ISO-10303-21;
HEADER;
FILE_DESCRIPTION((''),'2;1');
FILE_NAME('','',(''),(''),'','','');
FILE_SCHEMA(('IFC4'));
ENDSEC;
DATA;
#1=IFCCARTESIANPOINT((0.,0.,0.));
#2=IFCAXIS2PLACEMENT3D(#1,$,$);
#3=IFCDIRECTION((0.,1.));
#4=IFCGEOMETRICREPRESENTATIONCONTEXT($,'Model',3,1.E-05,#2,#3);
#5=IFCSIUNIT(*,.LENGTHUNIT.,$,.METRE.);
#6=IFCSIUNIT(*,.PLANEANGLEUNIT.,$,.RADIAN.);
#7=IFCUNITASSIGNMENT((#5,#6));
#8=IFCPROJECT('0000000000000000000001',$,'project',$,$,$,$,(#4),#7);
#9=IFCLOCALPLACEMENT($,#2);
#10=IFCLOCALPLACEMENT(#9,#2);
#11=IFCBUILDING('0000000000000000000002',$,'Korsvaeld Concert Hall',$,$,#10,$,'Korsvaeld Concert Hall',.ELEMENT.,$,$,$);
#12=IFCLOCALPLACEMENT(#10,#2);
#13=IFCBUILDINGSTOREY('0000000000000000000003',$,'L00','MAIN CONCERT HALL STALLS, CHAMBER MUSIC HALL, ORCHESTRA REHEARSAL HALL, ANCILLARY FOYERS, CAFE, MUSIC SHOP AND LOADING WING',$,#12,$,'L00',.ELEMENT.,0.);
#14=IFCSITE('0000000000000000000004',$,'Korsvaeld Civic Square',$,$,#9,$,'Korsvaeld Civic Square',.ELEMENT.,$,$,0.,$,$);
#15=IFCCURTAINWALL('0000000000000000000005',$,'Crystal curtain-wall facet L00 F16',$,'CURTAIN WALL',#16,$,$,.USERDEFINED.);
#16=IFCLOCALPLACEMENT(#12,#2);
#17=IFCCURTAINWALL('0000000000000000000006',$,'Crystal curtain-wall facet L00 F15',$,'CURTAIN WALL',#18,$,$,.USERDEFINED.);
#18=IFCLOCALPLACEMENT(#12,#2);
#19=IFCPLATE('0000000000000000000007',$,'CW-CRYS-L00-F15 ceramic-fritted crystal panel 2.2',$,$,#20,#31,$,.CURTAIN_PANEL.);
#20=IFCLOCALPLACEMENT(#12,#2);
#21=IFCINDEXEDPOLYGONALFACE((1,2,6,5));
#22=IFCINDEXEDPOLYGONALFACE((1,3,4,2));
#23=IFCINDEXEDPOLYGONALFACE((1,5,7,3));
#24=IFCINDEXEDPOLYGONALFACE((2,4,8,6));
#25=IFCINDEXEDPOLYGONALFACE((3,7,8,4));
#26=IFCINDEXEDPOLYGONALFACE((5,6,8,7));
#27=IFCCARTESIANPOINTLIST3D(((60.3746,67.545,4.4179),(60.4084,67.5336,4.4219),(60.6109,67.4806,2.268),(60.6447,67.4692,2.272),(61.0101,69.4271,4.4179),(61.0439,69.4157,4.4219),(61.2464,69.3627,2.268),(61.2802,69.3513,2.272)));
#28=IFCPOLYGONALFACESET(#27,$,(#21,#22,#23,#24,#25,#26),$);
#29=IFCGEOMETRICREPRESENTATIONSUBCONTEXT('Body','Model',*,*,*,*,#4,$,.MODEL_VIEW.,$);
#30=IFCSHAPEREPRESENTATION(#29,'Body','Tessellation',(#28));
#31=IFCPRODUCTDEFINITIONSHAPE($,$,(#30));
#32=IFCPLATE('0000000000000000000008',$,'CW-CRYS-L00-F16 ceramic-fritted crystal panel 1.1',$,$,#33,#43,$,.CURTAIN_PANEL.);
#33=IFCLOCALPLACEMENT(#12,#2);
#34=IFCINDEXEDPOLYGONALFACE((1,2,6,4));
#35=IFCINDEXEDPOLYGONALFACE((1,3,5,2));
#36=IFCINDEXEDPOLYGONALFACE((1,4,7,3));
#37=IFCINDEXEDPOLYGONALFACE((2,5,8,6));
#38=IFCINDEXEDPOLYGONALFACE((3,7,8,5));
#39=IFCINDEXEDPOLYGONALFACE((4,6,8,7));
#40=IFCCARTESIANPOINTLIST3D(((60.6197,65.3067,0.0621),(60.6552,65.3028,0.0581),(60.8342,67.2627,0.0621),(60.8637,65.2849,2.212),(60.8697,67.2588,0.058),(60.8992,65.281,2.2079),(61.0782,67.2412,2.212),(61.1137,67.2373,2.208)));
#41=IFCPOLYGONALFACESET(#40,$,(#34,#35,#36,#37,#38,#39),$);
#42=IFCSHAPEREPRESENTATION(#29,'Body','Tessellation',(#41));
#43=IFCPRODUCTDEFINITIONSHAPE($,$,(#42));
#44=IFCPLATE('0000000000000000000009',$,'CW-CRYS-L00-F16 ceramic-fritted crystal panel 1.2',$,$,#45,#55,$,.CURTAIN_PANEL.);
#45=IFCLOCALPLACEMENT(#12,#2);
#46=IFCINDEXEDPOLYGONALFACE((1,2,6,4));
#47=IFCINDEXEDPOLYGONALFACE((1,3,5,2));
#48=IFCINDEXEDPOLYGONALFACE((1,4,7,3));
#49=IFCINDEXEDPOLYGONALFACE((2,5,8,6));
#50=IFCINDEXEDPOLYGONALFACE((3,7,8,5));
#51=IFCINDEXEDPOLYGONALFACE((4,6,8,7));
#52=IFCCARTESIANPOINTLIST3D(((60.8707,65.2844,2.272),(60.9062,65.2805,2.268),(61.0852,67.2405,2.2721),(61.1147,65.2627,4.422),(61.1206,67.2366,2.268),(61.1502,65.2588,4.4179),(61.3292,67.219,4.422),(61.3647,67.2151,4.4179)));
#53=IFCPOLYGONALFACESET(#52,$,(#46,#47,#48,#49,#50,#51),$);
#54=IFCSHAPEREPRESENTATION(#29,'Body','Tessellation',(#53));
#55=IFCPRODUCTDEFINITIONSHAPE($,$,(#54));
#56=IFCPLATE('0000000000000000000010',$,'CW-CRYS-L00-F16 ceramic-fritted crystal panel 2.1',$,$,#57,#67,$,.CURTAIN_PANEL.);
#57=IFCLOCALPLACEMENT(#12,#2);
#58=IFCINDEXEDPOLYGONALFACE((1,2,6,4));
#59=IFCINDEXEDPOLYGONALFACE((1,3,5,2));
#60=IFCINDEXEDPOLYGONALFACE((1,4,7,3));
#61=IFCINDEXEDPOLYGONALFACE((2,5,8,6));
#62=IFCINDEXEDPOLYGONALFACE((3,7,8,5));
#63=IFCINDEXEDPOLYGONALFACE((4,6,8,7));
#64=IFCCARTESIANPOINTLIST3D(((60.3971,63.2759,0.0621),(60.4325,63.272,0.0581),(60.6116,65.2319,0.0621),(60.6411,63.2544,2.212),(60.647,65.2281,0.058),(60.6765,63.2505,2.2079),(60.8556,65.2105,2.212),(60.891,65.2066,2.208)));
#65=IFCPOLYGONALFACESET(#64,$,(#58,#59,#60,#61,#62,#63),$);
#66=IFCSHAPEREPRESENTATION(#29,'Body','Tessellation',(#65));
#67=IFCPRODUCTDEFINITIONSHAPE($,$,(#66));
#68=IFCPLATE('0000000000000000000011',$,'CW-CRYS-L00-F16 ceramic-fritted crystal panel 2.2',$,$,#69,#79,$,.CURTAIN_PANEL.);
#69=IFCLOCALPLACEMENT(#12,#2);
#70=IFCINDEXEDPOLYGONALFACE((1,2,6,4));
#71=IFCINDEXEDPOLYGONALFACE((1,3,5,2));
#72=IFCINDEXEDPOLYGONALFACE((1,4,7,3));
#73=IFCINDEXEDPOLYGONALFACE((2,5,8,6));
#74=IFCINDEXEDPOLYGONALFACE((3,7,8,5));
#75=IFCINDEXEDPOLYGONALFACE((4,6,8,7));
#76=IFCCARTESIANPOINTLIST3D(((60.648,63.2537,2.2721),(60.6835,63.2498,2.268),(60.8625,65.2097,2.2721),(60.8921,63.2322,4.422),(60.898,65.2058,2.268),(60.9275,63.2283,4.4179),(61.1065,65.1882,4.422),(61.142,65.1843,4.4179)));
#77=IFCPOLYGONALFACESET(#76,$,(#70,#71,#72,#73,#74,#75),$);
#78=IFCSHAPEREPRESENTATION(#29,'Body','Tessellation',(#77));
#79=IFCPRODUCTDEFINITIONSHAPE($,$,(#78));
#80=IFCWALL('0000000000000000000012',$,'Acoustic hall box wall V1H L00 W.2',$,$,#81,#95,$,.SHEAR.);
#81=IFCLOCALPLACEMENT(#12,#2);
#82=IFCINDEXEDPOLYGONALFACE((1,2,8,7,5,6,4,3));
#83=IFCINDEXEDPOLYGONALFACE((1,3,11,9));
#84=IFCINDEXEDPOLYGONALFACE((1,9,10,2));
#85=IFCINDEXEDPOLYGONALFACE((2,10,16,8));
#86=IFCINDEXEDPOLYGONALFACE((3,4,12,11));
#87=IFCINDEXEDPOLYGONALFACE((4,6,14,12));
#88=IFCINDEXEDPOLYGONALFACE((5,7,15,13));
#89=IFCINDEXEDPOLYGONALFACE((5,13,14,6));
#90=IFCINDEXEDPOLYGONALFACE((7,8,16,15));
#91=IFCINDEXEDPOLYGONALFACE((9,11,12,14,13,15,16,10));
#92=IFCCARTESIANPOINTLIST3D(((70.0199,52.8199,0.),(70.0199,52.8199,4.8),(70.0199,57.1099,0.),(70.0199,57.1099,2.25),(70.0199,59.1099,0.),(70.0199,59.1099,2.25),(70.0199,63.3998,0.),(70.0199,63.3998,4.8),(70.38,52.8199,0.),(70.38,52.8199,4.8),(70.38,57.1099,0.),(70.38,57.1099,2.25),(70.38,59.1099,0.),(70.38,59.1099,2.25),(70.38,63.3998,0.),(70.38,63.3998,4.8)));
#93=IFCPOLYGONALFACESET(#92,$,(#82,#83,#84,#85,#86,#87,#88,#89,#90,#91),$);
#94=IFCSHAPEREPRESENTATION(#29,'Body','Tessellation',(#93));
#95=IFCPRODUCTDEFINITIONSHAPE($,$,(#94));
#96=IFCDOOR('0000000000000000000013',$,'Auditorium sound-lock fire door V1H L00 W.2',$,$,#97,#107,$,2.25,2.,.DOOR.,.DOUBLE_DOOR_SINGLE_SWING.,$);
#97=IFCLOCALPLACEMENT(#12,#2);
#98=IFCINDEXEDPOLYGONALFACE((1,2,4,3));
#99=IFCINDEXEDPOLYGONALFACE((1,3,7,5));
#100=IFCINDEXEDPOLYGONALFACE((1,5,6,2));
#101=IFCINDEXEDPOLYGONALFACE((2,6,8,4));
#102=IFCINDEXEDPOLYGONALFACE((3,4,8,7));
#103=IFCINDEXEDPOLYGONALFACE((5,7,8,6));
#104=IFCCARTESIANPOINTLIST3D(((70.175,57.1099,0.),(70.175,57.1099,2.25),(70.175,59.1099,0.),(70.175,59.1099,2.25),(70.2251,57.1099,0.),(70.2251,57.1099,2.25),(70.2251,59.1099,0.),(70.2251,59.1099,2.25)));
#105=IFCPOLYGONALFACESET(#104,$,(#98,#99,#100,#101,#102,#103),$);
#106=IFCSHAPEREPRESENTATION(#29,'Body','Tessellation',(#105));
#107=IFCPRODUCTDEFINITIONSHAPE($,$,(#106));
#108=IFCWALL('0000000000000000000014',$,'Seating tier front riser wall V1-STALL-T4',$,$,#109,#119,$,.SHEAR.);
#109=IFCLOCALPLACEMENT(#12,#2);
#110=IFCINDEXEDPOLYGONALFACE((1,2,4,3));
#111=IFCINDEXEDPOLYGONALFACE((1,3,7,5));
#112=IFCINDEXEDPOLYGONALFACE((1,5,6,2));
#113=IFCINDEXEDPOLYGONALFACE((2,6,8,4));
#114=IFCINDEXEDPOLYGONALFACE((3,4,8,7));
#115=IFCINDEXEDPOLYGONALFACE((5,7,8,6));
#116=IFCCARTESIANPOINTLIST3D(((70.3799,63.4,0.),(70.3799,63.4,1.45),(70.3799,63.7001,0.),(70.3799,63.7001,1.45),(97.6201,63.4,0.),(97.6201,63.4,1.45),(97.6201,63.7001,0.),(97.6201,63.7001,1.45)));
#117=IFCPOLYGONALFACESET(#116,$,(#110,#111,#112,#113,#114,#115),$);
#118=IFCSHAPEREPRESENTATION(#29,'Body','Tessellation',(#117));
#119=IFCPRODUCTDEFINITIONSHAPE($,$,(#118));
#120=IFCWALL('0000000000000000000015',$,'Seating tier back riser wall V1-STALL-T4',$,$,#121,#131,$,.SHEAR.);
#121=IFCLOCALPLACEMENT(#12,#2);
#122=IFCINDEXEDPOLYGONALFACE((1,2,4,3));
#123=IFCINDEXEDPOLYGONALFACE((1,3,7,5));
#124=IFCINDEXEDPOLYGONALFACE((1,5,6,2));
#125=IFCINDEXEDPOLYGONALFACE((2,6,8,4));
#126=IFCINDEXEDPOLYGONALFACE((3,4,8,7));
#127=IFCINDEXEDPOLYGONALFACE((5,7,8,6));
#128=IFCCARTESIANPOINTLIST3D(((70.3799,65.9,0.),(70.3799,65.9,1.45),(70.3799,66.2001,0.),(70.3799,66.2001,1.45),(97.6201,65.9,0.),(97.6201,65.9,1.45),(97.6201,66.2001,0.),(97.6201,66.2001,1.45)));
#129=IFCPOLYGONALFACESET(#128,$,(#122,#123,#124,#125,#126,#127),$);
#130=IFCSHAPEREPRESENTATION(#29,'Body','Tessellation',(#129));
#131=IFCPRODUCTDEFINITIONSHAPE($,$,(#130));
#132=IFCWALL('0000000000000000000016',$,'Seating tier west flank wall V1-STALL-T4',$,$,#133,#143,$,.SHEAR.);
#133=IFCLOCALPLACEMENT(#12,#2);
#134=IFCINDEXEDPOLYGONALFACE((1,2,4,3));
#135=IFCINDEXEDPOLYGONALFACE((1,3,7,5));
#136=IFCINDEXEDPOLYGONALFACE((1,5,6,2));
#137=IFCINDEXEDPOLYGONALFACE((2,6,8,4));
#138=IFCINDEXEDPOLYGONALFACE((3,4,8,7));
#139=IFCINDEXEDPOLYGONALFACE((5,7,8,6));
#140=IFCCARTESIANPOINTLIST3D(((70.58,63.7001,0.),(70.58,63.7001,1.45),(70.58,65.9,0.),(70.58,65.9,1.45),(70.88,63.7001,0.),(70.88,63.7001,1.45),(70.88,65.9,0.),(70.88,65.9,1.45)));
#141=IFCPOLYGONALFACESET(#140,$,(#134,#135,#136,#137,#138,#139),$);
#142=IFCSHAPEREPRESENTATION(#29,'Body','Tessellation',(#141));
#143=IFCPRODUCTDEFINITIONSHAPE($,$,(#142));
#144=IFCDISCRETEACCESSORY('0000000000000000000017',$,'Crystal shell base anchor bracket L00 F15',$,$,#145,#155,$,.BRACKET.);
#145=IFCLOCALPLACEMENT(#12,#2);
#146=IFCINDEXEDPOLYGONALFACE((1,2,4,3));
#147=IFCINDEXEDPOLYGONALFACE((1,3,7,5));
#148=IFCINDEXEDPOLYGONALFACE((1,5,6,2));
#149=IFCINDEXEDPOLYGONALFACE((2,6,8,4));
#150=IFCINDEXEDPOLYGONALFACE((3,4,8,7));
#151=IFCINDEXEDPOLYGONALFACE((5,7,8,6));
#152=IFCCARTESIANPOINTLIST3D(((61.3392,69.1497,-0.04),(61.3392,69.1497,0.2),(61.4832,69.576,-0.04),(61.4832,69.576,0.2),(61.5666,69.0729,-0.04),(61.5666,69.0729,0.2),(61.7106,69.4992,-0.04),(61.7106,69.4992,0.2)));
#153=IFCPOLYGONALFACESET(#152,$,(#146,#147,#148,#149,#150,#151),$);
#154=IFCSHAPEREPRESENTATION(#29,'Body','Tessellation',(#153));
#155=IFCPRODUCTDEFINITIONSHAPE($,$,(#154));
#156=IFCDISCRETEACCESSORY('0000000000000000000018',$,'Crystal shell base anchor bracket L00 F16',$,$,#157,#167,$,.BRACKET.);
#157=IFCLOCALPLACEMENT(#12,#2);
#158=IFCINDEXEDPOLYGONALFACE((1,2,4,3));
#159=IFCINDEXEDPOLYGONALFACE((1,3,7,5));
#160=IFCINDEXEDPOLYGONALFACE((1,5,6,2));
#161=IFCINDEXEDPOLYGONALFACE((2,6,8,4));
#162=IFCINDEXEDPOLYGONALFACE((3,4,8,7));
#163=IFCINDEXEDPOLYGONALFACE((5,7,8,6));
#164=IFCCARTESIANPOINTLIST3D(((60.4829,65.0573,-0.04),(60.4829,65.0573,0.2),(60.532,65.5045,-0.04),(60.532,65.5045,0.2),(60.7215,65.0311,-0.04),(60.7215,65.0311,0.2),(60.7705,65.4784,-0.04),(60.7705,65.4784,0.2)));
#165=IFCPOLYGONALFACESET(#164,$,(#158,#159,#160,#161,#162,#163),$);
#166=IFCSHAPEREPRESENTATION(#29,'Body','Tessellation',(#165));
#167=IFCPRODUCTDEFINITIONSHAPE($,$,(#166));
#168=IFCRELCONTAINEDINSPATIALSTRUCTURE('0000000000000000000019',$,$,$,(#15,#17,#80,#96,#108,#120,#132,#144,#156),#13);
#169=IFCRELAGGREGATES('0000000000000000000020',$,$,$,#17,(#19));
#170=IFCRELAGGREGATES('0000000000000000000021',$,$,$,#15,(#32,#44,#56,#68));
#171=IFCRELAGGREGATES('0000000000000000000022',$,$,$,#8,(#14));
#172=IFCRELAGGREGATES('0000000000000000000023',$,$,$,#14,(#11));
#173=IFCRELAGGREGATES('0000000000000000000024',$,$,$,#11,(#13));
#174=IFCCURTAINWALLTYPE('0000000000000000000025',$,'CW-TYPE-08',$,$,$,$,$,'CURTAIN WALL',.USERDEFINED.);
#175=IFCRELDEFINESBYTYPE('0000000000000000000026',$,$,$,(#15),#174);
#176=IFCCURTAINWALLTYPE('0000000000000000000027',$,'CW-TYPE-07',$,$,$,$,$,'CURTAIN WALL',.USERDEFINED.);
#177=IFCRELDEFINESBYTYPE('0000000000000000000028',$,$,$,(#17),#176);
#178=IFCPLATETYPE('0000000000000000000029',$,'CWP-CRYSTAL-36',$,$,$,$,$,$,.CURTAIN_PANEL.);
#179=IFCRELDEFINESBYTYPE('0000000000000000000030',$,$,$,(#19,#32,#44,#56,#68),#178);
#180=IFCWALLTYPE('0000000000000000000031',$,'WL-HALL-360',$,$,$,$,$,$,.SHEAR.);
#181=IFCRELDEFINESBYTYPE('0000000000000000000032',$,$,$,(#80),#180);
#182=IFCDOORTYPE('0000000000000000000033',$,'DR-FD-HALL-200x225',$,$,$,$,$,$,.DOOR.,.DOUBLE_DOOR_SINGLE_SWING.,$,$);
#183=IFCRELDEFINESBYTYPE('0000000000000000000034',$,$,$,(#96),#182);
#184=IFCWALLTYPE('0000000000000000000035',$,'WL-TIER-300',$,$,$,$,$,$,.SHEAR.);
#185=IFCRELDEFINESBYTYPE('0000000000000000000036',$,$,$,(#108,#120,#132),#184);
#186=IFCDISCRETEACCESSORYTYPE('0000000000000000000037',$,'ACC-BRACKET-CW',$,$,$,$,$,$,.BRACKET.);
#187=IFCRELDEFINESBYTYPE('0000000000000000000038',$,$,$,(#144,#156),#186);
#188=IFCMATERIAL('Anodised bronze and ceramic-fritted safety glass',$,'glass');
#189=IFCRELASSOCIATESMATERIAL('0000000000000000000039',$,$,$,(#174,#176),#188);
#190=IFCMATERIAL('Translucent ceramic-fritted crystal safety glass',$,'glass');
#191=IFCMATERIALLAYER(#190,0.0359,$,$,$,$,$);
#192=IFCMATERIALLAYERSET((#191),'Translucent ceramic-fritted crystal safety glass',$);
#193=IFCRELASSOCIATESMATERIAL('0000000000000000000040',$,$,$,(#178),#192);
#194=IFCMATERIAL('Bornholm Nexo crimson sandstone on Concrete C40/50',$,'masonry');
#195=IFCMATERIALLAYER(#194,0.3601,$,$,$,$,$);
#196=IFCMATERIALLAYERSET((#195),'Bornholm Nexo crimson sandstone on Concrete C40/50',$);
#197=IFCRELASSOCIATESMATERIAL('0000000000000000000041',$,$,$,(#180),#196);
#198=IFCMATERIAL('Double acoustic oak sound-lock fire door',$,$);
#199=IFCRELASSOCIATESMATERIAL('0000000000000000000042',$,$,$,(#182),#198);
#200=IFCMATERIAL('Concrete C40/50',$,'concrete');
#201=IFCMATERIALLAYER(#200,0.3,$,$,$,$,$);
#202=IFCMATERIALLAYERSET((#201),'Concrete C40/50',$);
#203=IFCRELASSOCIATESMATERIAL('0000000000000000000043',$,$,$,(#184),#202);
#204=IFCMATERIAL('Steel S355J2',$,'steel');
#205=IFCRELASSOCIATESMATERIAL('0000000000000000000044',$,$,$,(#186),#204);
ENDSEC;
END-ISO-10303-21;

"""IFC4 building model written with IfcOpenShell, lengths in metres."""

from ifc_helpers import new_model, si_unit, direction, frame, frame_2d, origin, origin_2d, place, context, subcontext, project, spatial, polyline, rectangle, outline, extrude, material, layer, layer_set, type_object, element, fill, aggregate, save


model = new_model("IFC4")

# Units and contexts
model_context = context("Model", 3, precision=1e-05, world=origin(), true_north=direction((0.0, 1.0)))
body_context = subcontext(model_context, "Body", "Model", "MODEL_VIEW")
ifc_project = project(units=[si_unit("LENGTHUNIT", "METRE"), si_unit("PLANEANGLEUNIT", "RADIAN")], contexts=[model_context])

# Site, building, storey
site_placement = place(None, origin())
site = spatial("IfcSite", under=ifc_project, at=site_placement, Name="Korsvaeld Civic Square", LongName="Korsvaeld Civic Square", CompositionType="ELEMENT", RefElevation=0.0)
building_placement = place(site_placement, origin())
building = spatial("IfcBuilding", under=site, at=building_placement, Name="Korsvaeld Concert Hall", LongName="Korsvaeld Concert Hall", CompositionType="ELEMENT")
storey_placement = place(building_placement, origin())
storey = spatial("IfcBuildingStorey", under=building, at=storey_placement, Name="L00", Description="MAIN CONCERT HALL STALLS, CHAMBER MUSIC HALL, ORCHESTRA REHEARSAL HALL, ANCILLARY FOYERS, CAFE, MUSIC SHOP AND LOADING WING", LongName="L00", CompositionType="ELEMENT", Elevation=0.0)

# Shared definitions
ifc_material_1 = material(Name="Concrete C40/50", Category="concrete")

# Curtain walls
ifc_material_2 = material(Name="Anodised bronze and ceramic-fritted safety glass", Category="glass")
curtain_wall_type_1 = type_object("IfcCurtainWallType", Name="CW-TYPE-08", ElementType="CURTAIN WALL", PredefinedType="USERDEFINED", material=ifc_material_2)
curtain_wall_1_placement = place(storey_placement, origin())
curtain_wall_1 = element("IfcCurtainWall", 1, at=curtain_wall_1_placement, inside=storey, type_object=curtain_wall_type_1, Name="Crystal curtain-wall facet L00 F16", ObjectType="CURTAIN WALL", PredefinedType="USERDEFINED")
curtain_wall_type_2 = type_object("IfcCurtainWallType", Name="CW-TYPE-07", ElementType="CURTAIN WALL", PredefinedType="USERDEFINED", material=ifc_material_2)
curtain_wall_2_placement = place(storey_placement, origin())
curtain_wall_2 = element("IfcCurtainWall", 2, at=curtain_wall_2_placement, inside=storey, type_object=curtain_wall_type_2, Name="Crystal curtain-wall facet L00 F15", ObjectType="CURTAIN WALL", PredefinedType="USERDEFINED")

# Plates
ifc_material_3 = material(Name="Translucent ceramic-fritted crystal safety glass", Category="glass")
ifc_layer_1 = layer(ifc_material_3, 0.0359)
ifc_layer_set_1 = layer_set([ifc_layer_1], Name="Translucent ceramic-fritted crystal safety glass")
plate_type = type_object("IfcPlateType", Name="CWP-CRYSTAL-36", PredefinedType="CURTAIN_PANEL", material=ifc_layer_set_1)
plate_1_placement = place(storey_placement, frame((61.2634, 69.3569, 2.27), z_axis=(-0.941378, 0.317863, -0.11301), x_axis=(-0.319912, -0.947447, 0.0)))
plate_1 = element("IfcPlate", 3, at=plate_1_placement, type_object=plate_type, Name="CW-CRYS-L00-F15 ceramic-fritted crystal panel 2.2", PredefinedType="CURTAIN_PANEL", context=body_context, shape_type="SweptSolid", body=[
    extrude(outline(polyline([(0.0, 0.0), (1.9865, 0.0), (2.001, 2.1638), (0.0145, 2.1638), (0.0, 0.0)])), frame((0.0, 0.0, 0.0181)), (0.0, 0.0, -1.0), 0.0359),
])
aggregate(curtain_wall_2, [plate_1])
plate_2_placement = place(storey_placement, frame((60.8521, 67.2607, 0.0601), z_axis=(-0.987655, 0.108288, 0.113189), x_axis=(-0.108987, -0.994043, 0.000006)))
plate_2 = element("IfcPlate", 4, at=plate_2_placement, type_object=plate_type, Name="CW-CRYS-L00-F16 ceramic-fritted crystal panel 1.1", PredefinedType="CURTAIN_PANEL", context=body_context, shape_type="SweptSolid", body=[
    extrude(outline(polyline([(0.0, 0.0), (1.9678, 0.0), (1.9628, 2.1638), (-0.0052, 2.1638), (0.0, 0.0)])), frame((0.0, 0.0, 0.0181)), (0.0, 0.0, -1.0), 0.0359),
])
plate_3_placement = place(storey_placement, frame((61.103, 67.2385, 2.27), z_axis=(-0.987655, 0.108288, 0.113189), x_axis=(-0.108989, -0.994043, -0.000008)))
plate_3 = element("IfcPlate", 5, at=plate_3_placement, type_object=plate_type, Name="CW-CRYS-L00-F16 ceramic-fritted crystal panel 1.2", PredefinedType="CURTAIN_PANEL", context=body_context, shape_type="SweptSolid", body=[
    extrude(outline(polyline([(0.0, 0.0), (1.9678, 0.0), (1.9628, 2.1638), (-0.0052, 2.1638), (0.0, 0.0)])), frame((0.0, 0.0, 0.0181)), (0.0, 0.0, -1.0), 0.0359),
])
plate_4_placement = place(storey_placement, frame((60.6294, 65.23, 0.0601), z_axis=(-0.987655, 0.108294, 0.113183), x_axis=(-0.108994, -0.994042, 0.000007)))
plate_4 = element("IfcPlate", 6, at=plate_4_placement, type_object=plate_type, Name="CW-CRYS-L00-F16 ceramic-fritted crystal panel 2.1", PredefinedType="CURTAIN_PANEL", context=body_context, shape_type="SweptSolid", body=[
    extrude(outline(polyline([(0.0, 0.0), (1.9678, 0.0), (1.9626, 2.1638), (-0.0052, 2.1638), (0.0, 0.0)])), frame((0.0, 0.0, 0.0181)), (0.0, 0.0, -1.0), 0.0359),
])
plate_5_placement = place(storey_placement, frame((60.8804, 65.2078, 2.27), z_axis=(-0.987655, 0.108294, 0.113183), x_axis=(-0.108996, -0.994042, -0.000007)))
plate_5 = element("IfcPlate", 7, at=plate_5_placement, type_object=plate_type, Name="CW-CRYS-L00-F16 ceramic-fritted crystal panel 2.2", PredefinedType="CURTAIN_PANEL", context=body_context, shape_type="SweptSolid", body=[
    extrude(outline(polyline([(0.0, 0.0), (1.9678, 0.0), (1.9625, 2.1638), (-0.0052, 2.1638), (0.0, 0.0)])), frame((0.0, 0.0, 0.0181)), (0.0, 0.0, -1.0), 0.0359),
])
aggregate(curtain_wall_1, [plate_2, plate_3, plate_4, plate_5])

# Wall, opening, door
ifc_material_4 = material(Name="Bornholm Nexo crimson sandstone on Concrete C40/50", Category="masonry")
ifc_layer_2 = layer(ifc_material_4, 0.3601)
ifc_layer_set_2 = layer_set([ifc_layer_2], Name="Bornholm Nexo crimson sandstone on Concrete C40/50")
wall_type_1 = type_object("IfcWallType", Name="WL-HALL-360", PredefinedType="SHEAR", material=ifc_layer_set_2)
wall_1_placement = place(storey_placement, frame((70.2, 63.3999, 0.0), z_axis=(0.0, 0.0, 1.0), x_axis=(0.0, -1.0, 0.0)))
wall_1 = element("IfcWall", 8, at=wall_1_placement, inside=storey, type_object=wall_type_1, Name="Acoustic hall box wall V1H L00 W.2", PredefinedType="SHEAR", context=body_context, shape_type="SweptSolid", body=[
    extrude(rectangle(XDim=10.5798, YDim=0.3601, at=frame_2d((5.29, 0.0))), origin(), (0.0, 0.0, 1.0), 4.8),
])
opening_placement = place(wall_1_placement, frame((4.29, 0.0, 0.0)))
opening = element("IfcOpeningElement", 9, at=opening_placement, cuts=wall_1, PredefinedType="OPENING", context=body_context, shape_type="SweptSolid", body=[
    extrude(rectangle(XDim=2.0, YDim=2.25, at=frame_2d((1.0, 1.125))), frame((0.0, 0.1899, 0.0), z_axis=(0.0, -1.0, 0.0), x_axis=(1.0, 0.0, 0.0)), (0.0, 0.0, 1.0), 0.3801),
])
ifc_material_5 = material(Name="Double acoustic oak sound-lock fire door")
door_type = type_object("IfcDoorType", Name="DR-FD-HALL-200x225", OperationType="DOUBLE_DOOR_SINGLE_SWING", PredefinedType="DOOR", material=ifc_material_5)
door_placement = place(opening_placement, frame((2.0, 0.0, 0.0), z_axis=(0.0, 0.0, 1.0), x_axis=(-1.0, 0.0, 0.0)))
door = element("IfcDoor", 10, at=door_placement, inside=storey, type_object=door_type, Name="Auditorium sound-lock fire door V1H L00 W.2", OperationType="DOUBLE_DOOR_SINGLE_SWING", OverallHeight=2.25, OverallWidth=2.0, PredefinedType="DOOR", context=body_context, shape_type="SweptSolid", body=[
    extrude(rectangle(XDim=2.0, YDim=2.25, at=frame_2d((1.0, 1.125))), frame((0.0, 0.0249, 0.0), z_axis=(0.0, -1.0, 0.0), x_axis=(1.0, 0.0, 0.0)), (0.0, 0.0, 1.0), 0.05),
])
fill(opening, door)

# Walls
ifc_layer_3 = layer(ifc_material_1, 0.3)
ifc_layer_set_3 = layer_set([ifc_layer_3], Name="Concrete C40/50")
wall_type_2 = type_object("IfcWallType", Name="WL-TIER-300", PredefinedType="SHEAR", material=ifc_layer_set_3)
for number, where, z_axis, x_axis, name in (
    (11, (70.3799, 63.55, 0.0), (0.0, 0.0, 1.0), (1.0, 0.0, 0.0), "Seating tier front riser wall V1-STALL-T4"),
    (12, (70.3799, 66.05, 0.0), (0.0, 0.0, 1.0), (1.0, 0.0, 0.0), "Seating tier back riser wall V1-STALL-T4"),
):
    element("IfcWall", number, at=place(storey_placement, frame(where, z_axis=z_axis, x_axis=x_axis)), inside=storey, type_object=wall_type_2, Name=name, PredefinedType="SHEAR", context=body_context, shape_type="SweptSolid", body=[
        extrude(rectangle(XDim=27.2402, YDim=0.3, at=frame_2d((13.6201, 0.0))), origin(), (0.0, 0.0, 1.0), 1.45),
    ])
wall_2_placement = place(storey_placement, frame((70.73, 63.7, 0.0), z_axis=(0.0, 0.0, 1.0), x_axis=(0.0, 1.0, 0.0)))
element("IfcWall", 13, at=wall_2_placement, inside=storey, type_object=wall_type_2, Name="Seating tier west flank wall V1-STALL-T4", PredefinedType="SHEAR", context=body_context, shape_type="SweptSolid", body=[
    extrude(rectangle(XDim=2.2, YDim=0.3, at=frame_2d((1.1001, 0.0))), origin(), (0.0, 0.0, 1.0), 1.45),
])

# Discrete accessories
ifc_material_6 = material(Name="Steel S355J2", Category="steel")
discrete_accessory_type = type_object("IfcDiscreteAccessoryType", Name="ACC-BRACKET-CW", PredefinedType="BRACKET", material=ifc_material_6)
for number, where, z_axis, x_axis, name in (
    (14, (61.5249, 69.3245, -0.04), (0.0, 0.0, 1.0), (-0.319952, -0.947434, 0.0), "Crystal shell base anchor bracket L00 F15"),
    (15, (60.6267, 65.2678, -0.04), (0.0, 0.0, 1.0), (-0.10904, -0.994037, 0.0), "Crystal shell base anchor bracket L00 F16"),
):
    element("IfcDiscreteAccessory", number, at=place(storey_placement, frame(where, z_axis=z_axis, x_axis=x_axis)), inside=storey, type_object=discrete_accessory_type, Name=name, PredefinedType="BRACKET", context=body_context, shape_type="SweptSolid", body=[
        extrude(rectangle(XDim=0.45, YDim=0.24, at=origin_2d()), origin(), (0.0, 0.0, 1.0), 0.24),
    ])

save(model, "model.ifc")
